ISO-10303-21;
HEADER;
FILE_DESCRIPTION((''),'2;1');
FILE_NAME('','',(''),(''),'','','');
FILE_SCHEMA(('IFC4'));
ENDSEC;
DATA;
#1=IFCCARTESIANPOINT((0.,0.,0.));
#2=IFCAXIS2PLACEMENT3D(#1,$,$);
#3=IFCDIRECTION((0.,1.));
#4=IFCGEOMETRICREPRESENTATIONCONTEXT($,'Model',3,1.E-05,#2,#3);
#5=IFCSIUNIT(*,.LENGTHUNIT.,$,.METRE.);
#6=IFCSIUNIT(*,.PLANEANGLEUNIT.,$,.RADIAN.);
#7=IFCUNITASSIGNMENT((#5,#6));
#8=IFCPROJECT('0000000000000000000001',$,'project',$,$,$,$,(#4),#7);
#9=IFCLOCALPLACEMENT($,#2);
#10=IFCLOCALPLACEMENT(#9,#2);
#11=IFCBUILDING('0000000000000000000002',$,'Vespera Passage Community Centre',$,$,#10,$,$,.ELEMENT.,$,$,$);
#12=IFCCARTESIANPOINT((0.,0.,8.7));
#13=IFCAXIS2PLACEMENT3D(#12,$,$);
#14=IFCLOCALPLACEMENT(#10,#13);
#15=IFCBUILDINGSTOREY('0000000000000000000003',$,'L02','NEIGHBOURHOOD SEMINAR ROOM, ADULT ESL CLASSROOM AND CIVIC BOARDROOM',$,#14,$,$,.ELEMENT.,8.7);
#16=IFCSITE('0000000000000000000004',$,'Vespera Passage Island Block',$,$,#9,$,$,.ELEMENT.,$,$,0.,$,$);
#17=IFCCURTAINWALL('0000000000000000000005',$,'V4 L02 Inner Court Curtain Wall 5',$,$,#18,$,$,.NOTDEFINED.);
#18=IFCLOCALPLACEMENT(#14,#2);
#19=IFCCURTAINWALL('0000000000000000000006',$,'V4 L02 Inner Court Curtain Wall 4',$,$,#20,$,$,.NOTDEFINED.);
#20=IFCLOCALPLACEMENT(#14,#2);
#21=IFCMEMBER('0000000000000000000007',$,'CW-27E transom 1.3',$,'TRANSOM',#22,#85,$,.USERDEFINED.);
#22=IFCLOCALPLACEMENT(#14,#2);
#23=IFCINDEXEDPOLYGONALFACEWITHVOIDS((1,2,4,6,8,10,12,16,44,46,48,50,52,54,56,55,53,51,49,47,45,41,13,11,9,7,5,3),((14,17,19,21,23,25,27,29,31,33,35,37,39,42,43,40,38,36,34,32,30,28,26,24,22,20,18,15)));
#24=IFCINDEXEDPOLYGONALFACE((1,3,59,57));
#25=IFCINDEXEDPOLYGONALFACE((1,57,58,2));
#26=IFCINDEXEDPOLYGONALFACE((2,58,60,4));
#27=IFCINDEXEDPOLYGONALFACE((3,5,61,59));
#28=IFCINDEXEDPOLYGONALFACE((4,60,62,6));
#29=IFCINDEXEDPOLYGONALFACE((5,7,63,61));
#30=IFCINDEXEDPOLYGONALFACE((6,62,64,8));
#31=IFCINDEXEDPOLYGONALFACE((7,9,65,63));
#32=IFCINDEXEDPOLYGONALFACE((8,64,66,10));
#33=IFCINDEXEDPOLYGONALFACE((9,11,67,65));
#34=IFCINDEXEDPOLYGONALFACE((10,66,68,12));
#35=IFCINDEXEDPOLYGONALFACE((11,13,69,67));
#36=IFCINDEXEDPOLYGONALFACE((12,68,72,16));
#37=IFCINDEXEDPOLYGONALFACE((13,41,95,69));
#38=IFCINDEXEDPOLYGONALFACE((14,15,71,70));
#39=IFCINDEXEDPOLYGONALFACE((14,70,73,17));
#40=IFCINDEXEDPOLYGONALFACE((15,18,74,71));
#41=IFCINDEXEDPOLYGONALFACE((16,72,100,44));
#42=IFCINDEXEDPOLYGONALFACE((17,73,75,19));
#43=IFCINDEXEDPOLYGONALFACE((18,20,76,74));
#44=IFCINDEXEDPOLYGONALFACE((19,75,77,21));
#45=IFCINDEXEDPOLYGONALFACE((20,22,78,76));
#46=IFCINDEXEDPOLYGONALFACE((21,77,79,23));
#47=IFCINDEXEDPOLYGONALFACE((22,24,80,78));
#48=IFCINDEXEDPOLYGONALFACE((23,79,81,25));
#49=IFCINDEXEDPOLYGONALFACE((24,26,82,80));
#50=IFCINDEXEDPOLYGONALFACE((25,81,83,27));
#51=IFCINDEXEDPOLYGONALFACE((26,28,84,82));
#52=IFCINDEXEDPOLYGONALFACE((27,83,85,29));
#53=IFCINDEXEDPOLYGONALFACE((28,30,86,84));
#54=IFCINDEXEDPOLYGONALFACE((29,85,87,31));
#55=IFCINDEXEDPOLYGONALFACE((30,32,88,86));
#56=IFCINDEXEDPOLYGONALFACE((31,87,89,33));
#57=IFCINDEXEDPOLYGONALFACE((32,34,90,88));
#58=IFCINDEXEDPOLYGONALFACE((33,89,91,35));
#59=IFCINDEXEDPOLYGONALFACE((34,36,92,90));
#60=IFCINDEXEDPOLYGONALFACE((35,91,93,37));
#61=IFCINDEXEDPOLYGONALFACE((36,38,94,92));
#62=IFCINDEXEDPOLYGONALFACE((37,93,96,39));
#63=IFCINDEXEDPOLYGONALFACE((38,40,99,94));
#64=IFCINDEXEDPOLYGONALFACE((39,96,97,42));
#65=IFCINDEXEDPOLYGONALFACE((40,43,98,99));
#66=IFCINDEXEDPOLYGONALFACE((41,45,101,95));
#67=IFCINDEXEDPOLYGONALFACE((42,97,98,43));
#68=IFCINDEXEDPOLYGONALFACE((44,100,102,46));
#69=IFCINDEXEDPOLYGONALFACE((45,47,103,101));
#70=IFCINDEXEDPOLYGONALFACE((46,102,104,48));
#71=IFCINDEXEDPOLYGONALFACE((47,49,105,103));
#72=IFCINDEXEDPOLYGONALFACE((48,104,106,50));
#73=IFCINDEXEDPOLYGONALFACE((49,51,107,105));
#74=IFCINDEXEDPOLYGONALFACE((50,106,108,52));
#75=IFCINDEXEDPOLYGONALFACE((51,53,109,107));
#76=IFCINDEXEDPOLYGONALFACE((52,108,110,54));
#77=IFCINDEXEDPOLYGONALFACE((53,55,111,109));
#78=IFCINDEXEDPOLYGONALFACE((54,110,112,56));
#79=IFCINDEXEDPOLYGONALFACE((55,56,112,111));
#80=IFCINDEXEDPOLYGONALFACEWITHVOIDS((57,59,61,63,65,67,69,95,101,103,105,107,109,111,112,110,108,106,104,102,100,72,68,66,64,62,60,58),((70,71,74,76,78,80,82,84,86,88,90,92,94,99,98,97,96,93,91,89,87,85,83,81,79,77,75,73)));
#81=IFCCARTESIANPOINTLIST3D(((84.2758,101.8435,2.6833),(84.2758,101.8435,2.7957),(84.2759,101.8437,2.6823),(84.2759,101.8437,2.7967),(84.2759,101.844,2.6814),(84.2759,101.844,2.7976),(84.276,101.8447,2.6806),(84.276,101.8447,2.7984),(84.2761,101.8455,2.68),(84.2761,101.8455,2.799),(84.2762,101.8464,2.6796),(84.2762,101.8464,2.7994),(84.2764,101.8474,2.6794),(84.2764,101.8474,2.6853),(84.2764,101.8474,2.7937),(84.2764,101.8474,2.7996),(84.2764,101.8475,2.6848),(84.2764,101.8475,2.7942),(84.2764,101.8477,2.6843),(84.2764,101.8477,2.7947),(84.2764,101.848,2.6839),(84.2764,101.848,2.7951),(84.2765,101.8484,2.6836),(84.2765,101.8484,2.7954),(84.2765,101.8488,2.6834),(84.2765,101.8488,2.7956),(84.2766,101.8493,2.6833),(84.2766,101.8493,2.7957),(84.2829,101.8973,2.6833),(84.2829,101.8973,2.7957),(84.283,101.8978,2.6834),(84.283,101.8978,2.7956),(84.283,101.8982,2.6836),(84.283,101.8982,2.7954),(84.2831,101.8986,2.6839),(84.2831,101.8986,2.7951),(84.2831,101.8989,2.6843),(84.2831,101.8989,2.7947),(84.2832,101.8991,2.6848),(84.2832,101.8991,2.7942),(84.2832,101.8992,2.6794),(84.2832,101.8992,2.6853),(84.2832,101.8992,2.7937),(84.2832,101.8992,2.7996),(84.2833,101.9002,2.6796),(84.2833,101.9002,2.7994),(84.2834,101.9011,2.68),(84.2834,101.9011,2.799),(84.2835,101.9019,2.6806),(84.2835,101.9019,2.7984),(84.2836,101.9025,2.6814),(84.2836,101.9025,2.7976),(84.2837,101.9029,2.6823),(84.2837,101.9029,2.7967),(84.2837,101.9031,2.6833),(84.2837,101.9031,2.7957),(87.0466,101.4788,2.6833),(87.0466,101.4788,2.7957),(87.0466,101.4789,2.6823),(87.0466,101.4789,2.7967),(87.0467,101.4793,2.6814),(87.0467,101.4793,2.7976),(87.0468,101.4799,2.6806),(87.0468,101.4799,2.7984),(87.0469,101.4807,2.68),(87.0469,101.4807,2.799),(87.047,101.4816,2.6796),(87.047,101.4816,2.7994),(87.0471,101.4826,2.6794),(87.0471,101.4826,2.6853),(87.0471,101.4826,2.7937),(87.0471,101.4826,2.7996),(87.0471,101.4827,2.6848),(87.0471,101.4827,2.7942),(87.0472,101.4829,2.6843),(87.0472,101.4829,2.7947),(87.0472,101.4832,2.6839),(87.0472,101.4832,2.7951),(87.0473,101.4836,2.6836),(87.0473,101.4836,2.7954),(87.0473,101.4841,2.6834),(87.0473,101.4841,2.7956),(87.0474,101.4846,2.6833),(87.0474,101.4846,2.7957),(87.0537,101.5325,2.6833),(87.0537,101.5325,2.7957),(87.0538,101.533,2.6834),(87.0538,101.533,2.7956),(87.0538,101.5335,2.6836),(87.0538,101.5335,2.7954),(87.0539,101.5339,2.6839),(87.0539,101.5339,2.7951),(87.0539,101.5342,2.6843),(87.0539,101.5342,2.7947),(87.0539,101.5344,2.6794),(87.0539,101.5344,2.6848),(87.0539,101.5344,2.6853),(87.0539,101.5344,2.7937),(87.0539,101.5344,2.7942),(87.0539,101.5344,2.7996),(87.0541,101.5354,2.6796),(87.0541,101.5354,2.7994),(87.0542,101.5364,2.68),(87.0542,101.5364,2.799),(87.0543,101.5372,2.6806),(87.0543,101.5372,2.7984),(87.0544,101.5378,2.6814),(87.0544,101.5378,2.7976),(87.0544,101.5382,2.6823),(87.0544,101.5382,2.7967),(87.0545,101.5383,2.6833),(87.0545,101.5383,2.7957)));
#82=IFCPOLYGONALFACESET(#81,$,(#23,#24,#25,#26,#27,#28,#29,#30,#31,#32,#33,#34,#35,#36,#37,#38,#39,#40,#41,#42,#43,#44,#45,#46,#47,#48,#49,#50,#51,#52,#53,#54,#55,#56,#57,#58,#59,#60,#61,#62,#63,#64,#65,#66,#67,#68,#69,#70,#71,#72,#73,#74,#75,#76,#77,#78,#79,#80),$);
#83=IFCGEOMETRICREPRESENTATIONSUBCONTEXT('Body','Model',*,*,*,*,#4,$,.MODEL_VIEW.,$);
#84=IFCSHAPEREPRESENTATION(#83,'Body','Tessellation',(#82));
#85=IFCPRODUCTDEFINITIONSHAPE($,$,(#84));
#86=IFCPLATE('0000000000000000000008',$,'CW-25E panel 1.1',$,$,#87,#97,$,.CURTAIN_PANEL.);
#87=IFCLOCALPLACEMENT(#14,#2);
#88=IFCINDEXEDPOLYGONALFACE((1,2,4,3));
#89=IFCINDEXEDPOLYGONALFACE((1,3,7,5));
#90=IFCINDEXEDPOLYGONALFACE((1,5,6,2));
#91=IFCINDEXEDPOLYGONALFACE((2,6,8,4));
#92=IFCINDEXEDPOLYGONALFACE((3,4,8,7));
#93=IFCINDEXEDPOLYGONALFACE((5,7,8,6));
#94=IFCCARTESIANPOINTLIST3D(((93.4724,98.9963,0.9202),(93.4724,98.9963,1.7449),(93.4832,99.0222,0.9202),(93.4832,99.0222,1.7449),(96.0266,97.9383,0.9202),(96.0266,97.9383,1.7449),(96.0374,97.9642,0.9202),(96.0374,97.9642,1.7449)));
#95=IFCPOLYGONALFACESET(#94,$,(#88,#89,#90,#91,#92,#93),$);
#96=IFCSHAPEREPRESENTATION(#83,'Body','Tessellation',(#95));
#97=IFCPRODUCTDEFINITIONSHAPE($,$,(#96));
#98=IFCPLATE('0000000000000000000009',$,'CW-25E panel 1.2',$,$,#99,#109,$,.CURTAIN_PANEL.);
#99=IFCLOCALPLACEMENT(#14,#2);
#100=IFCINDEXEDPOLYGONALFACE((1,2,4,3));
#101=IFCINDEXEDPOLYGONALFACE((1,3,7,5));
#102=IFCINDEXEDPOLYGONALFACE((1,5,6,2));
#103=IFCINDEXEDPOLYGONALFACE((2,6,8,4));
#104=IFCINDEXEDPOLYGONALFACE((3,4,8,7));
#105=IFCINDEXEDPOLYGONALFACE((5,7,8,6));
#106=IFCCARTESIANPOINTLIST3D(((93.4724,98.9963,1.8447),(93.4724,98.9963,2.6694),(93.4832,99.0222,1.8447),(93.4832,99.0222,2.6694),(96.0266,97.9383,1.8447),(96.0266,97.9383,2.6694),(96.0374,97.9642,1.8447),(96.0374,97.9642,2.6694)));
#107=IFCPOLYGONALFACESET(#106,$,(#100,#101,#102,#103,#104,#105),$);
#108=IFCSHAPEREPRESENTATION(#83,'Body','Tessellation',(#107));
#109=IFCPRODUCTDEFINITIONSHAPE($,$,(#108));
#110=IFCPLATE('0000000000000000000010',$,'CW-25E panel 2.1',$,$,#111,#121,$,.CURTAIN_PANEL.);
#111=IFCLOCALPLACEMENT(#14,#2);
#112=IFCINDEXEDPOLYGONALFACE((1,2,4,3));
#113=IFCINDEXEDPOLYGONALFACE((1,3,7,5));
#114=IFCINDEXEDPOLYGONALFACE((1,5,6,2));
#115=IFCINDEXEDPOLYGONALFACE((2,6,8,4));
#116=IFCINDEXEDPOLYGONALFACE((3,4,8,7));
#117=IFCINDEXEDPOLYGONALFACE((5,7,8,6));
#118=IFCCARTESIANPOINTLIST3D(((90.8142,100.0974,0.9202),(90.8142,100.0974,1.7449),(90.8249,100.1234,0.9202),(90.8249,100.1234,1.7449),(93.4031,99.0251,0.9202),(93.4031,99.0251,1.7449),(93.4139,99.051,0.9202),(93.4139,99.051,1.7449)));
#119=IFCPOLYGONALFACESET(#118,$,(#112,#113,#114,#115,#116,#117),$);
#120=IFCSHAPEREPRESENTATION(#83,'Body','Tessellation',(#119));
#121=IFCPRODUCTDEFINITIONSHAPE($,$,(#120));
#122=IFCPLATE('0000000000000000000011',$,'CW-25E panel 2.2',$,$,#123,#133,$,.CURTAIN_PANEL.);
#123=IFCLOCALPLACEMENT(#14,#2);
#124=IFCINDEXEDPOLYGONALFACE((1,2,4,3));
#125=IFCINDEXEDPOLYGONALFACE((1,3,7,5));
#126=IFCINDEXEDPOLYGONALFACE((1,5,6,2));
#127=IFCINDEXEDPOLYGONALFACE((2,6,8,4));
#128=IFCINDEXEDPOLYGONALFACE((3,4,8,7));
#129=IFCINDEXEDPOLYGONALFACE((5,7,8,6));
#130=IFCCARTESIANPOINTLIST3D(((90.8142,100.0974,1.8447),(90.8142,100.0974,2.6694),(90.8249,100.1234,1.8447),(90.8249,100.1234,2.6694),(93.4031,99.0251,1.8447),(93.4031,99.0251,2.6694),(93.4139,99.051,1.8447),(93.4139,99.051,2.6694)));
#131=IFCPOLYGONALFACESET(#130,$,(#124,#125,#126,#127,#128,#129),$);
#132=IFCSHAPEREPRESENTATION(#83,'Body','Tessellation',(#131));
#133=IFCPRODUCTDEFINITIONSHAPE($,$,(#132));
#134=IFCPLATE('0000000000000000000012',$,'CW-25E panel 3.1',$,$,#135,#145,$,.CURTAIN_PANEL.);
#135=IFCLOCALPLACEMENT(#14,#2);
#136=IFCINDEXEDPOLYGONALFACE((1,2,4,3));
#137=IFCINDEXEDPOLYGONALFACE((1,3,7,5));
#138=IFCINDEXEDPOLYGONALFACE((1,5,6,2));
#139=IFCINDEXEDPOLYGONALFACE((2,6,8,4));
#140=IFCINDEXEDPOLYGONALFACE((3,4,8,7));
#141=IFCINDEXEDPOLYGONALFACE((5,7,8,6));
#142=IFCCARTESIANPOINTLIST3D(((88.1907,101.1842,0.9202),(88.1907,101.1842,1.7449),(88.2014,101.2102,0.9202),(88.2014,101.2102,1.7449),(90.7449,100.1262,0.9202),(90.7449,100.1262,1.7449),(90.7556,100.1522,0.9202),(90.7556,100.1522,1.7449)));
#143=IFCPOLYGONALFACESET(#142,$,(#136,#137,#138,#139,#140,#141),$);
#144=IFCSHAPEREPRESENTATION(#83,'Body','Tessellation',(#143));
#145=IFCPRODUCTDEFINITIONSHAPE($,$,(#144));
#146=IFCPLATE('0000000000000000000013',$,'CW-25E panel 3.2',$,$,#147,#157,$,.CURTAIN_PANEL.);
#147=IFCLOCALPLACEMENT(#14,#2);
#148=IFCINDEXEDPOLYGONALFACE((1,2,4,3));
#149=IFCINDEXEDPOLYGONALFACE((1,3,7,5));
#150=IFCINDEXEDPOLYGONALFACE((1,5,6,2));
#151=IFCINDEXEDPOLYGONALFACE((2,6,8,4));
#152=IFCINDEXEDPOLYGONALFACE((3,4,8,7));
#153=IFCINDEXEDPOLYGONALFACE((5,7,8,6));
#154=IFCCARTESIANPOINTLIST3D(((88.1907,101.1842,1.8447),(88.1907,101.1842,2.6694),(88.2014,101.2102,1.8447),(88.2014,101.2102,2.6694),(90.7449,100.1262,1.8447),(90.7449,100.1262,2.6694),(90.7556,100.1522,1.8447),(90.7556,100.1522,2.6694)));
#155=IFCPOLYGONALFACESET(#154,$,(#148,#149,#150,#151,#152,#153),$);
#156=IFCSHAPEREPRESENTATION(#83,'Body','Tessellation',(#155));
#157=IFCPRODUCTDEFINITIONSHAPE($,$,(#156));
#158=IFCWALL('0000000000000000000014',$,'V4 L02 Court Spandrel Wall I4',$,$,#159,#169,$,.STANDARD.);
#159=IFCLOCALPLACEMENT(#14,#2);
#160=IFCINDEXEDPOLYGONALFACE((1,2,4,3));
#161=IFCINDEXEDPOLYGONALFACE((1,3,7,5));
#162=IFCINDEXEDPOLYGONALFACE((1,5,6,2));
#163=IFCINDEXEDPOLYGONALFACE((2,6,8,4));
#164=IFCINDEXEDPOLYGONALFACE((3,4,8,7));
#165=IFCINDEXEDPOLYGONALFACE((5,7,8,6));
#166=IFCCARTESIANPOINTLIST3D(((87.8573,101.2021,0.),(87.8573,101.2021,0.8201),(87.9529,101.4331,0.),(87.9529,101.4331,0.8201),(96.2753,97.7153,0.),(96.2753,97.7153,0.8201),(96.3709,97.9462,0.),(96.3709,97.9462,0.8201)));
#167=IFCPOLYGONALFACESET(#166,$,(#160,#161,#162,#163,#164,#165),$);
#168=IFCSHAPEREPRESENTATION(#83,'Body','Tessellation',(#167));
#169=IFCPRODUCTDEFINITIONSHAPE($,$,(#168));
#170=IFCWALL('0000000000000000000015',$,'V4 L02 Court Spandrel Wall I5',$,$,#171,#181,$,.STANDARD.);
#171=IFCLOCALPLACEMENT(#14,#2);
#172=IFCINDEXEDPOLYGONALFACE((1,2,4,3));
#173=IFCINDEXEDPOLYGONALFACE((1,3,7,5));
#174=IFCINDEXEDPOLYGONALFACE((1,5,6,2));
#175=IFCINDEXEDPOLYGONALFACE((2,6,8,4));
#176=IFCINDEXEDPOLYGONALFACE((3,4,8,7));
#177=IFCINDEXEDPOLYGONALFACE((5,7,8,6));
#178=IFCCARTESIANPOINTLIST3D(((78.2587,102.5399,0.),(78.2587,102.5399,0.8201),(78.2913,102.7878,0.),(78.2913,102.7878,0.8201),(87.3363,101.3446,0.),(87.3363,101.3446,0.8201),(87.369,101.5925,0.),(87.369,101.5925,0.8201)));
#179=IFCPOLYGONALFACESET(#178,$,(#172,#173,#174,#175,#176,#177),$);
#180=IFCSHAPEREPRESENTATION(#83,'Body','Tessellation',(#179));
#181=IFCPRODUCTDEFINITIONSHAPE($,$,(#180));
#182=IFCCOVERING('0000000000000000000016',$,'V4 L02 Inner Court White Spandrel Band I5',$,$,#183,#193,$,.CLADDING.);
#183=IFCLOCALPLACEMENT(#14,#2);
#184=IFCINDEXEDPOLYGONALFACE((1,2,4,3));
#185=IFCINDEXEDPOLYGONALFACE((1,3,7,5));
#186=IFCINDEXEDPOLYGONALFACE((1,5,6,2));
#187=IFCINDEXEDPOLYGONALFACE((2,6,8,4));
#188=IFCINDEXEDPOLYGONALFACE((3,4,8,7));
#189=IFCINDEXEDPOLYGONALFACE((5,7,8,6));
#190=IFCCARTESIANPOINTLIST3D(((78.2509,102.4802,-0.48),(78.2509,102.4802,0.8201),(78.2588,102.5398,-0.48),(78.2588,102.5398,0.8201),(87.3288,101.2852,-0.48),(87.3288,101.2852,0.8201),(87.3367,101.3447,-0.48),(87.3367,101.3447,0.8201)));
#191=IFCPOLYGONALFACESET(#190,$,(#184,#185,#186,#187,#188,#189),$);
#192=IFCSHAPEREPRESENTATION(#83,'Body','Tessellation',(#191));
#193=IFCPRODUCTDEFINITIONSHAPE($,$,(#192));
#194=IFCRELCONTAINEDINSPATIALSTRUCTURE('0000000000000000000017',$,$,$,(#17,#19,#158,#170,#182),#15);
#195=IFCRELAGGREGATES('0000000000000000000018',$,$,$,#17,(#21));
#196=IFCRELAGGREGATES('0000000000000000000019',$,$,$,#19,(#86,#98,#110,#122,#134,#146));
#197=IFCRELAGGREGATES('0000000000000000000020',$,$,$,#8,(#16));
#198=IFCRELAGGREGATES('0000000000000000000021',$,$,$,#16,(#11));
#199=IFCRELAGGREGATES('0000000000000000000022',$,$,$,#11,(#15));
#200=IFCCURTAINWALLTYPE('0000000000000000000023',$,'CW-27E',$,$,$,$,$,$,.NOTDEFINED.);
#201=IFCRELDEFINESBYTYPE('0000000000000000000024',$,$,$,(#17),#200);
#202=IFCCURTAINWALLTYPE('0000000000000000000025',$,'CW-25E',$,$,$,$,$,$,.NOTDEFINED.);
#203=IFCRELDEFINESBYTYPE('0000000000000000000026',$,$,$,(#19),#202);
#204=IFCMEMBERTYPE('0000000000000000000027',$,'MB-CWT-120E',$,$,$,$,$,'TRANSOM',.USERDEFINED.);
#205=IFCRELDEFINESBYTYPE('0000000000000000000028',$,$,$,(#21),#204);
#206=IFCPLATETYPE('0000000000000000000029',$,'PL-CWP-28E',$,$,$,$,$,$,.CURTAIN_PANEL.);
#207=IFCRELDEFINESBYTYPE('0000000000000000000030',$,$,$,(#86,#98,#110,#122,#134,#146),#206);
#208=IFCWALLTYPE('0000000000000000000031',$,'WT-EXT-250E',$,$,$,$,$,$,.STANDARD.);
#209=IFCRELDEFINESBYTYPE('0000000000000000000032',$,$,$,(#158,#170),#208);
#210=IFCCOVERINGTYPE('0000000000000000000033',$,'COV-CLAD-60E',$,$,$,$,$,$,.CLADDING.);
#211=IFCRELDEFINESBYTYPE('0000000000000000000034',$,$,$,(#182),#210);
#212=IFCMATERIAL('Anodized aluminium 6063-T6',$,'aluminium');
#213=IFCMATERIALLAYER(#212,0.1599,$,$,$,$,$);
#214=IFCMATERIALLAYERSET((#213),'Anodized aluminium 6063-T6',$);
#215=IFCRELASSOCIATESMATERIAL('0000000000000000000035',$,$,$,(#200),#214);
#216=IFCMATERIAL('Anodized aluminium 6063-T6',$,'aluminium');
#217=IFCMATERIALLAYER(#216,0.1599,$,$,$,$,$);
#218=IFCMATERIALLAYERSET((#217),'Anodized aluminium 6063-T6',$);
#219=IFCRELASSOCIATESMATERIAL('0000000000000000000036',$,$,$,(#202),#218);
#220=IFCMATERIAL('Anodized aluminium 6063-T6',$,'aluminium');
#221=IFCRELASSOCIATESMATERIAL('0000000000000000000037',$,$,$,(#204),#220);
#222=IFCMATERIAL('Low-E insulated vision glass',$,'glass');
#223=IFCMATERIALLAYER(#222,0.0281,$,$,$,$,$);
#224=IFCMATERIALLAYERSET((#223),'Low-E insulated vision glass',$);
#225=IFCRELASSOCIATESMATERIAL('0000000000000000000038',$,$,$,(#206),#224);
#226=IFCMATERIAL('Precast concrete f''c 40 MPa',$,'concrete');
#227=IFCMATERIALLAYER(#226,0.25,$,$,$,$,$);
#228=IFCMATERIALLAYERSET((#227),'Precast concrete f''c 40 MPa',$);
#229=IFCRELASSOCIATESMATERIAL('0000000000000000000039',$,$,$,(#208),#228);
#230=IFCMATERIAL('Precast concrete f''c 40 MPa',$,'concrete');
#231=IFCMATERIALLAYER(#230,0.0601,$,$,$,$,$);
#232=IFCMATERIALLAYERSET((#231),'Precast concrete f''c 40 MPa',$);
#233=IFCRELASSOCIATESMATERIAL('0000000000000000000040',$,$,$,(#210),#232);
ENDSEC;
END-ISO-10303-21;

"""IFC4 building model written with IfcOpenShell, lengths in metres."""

from ifc_helpers import new_model, si_unit, direction, frame, frame_2d, origin, origin_2d, place, context, subcontext, project, spatial, rectangle, hollow_rectangle, extrude, material, layer, layer_set, material_profile, profile_set, type_object, element, aggregate, save


model = new_model("IFC4")

# Units and contexts
model_context = context("Model", 3, precision=1e-05, world=origin(), true_north=direction((0.0, 1.0)))
body_context = subcontext(model_context, "Body", "Model", "MODEL_VIEW")
ifc_project = project(units=[si_unit("LENGTHUNIT", "METRE"), si_unit("PLANEANGLEUNIT", "RADIAN")], contexts=[model_context])

# Site, building, storey
site_placement = place(None, origin())
site = spatial("IfcSite", under=ifc_project, at=site_placement, Name="Vespera Passage Island Block", CompositionType="ELEMENT", RefElevation=0.0)
building_placement = place(site_placement, origin())
building = spatial("IfcBuilding", under=site, at=building_placement, Name="Vespera Passage Community Centre", CompositionType="ELEMENT")
storey_placement = place(building_placement, frame((0.0, 0.0, 8.7)))
storey = spatial("IfcBuildingStorey", under=building, at=storey_placement, Name="L02", Description="NEIGHBOURHOOD SEMINAR ROOM, ADULT ESL CLASSROOM AND CIVIC BOARDROOM", CompositionType="ELEMENT", Elevation=8.7)

# Curtain wall
ifc_material_1 = material(Name="Anodized aluminium 6063-T6", Category="aluminium")
ifc_layer_1 = layer(ifc_material_1, 0.1599)
ifc_layer_set_1 = layer_set([ifc_layer_1], Name="Anodized aluminium 6063-T6")
curtain_wall_type_1 = type_object("IfcCurtainWallType", Name="CW-27E", PredefinedType="NOTDEFINED", material=ifc_layer_set_1)
curtain_wall_1_placement = place(storey_placement, origin())
curtain_wall_1 = element("IfcCurtainWall", 1, at=curtain_wall_1_placement, inside=storey, type_object=curtain_wall_type_1, Name="V4 L02 Inner Court Curtain Wall 5", PredefinedType="NOTDEFINED")

# Curtain wall
ifc_material_2 = material(Name="Anodized aluminium 6063-T6", Category="aluminium")
ifc_layer_2 = layer(ifc_material_2, 0.1599)
ifc_layer_set_2 = layer_set([ifc_layer_2], Name="Anodized aluminium 6063-T6")
curtain_wall_type_2 = type_object("IfcCurtainWallType", Name="CW-25E", PredefinedType="NOTDEFINED", material=ifc_layer_set_2)
curtain_wall_2_placement = place(storey_placement, origin())
curtain_wall_2 = element("IfcCurtainWall", 2, at=curtain_wall_2_placement, inside=storey, type_object=curtain_wall_type_2, Name="V4 L02 Inner Court Curtain Wall 4", PredefinedType="NOTDEFINED")

# Member
ifc_material_3 = material(Name="Anodized aluminium 6063-T6", Category="aluminium")
ifc_material_profile_1 = material_profile(ifc_material_3, hollow_rectangle(XDim=0.0601, YDim=0.1201, WallThickness=0.0039, InnerFilletRadius=0.002, OuterFilletRadius=0.0039, at=origin_2d()), Name="ALU120X60X4")
ifc_profile_set_1 = profile_set([ifc_material_profile_1], Name="Anodized aluminium 6063-T6")
member_type_1 = type_object("IfcMemberType", Name="MB-CWT-120E", ElementType="TRANSOM", PredefinedType="USERDEFINED", material=ifc_profile_set_1)
member_1_placement = place(storey_placement, frame((87.0505, 101.5085, 2.7395), z_axis=(-0.991446, 0.130516, 0.0), x_axis=(-0.130516, -0.991446, 0.0)))
member_1 = element("IfcMember", 3, at=member_1_placement, type_object=member_type_1, Name="CW-27E transom 1.3", ObjectType="TRANSOM", PredefinedType="USERDEFINED", context=body_context, shape_type="SweptSolid", body=[
    extrude(hollow_rectangle(XDim=0.0601, YDim=0.1201, WallThickness=0.0039, InnerFilletRadius=0.002, OuterFilletRadius=0.0039, at=origin_2d()), origin(), (0.0, 0.0, 1.0), 2.7947),
])
aggregate(curtain_wall_1, [member_1])

# Plates
ifc_material_4 = material(Name="Low-E insulated vision glass", Category="glass")
ifc_layer_3 = layer(ifc_material_4, 0.0281)
ifc_layer_set_3 = layer_set([ifc_layer_3], Name="Low-E insulated vision glass")
plate_type = type_object("IfcPlateType", Name="PL-CWP-28E", PredefinedType="CURTAIN_PANEL", material=ifc_layer_set_3)
plate_1_placement = place(storey_placement, frame((94.7549, 98.4802, 0.9202), z_axis=(0.0, 0.0, 1.0), x_axis=(-0.923877, 0.38269, 0.0)))
plate_1 = element("IfcPlate", 4, at=plate_1_placement, type_object=plate_type, Name="CW-25E panel 1.1", PredefinedType="CURTAIN_PANEL", context=body_context, shape_type="SweptSolid", body=[
    extrude(rectangle(XDim=2.7646, YDim=0.0281, at=origin_2d()), origin(), (0.0, 0.0, 1.0), 0.8247),
])
plate_2_placement = place(storey_placement, frame((94.7549, 98.4802, 1.8447), z_axis=(0.0, 0.0, 1.0), x_axis=(-0.923877, 0.38269, 0.0)))
plate_2 = element("IfcPlate", 5, at=plate_2_placement, type_object=plate_type, Name="CW-25E panel 1.2", PredefinedType="CURTAIN_PANEL", context=body_context, shape_type="SweptSolid", body=[
    extrude(rectangle(XDim=2.7646, YDim=0.0281, at=origin_2d()), origin(), (0.0, 0.0, 1.0), 0.8247),
])
plate_3_placement = place(storey_placement, frame((92.114, 99.5742, 0.9202), z_axis=(0.0, 0.0, 1.0), x_axis=(-0.923877, 0.38269, 0.0)))
plate_3 = element("IfcPlate", 6, at=plate_3_placement, type_object=plate_type, Name="CW-25E panel 2.1", PredefinedType="CURTAIN_PANEL", context=body_context, shape_type="SweptSolid", body=[
    extrude(rectangle(XDim=2.8022, YDim=0.0281, at=origin_2d()), origin(), (0.0, 0.0, 1.0), 0.8247),
])
plate_4_placement = place(storey_placement, frame((92.114, 99.5742, 1.8447), z_axis=(0.0, 0.0, 1.0), x_axis=(-0.923877, 0.38269, 0.0)))
plate_4 = element("IfcPlate", 7, at=plate_4_placement, type_object=plate_type, Name="CW-25E panel 2.2", PredefinedType="CURTAIN_PANEL", context=body_context, shape_type="SweptSolid", body=[
    extrude(rectangle(XDim=2.8022, YDim=0.0281, at=origin_2d()), origin(), (0.0, 0.0, 1.0), 0.8247),
])
plate_5_placement = place(storey_placement, frame((89.4731, 100.6682, 0.9202), z_axis=(0.0, 0.0, 1.0), x_axis=(-0.923877, 0.38269, 0.0)))
plate_5 = element("IfcPlate", 8, at=plate_5_placement, type_object=plate_type, Name="CW-25E panel 3.1", PredefinedType="CURTAIN_PANEL", context=body_context, shape_type="SweptSolid", body=[
    extrude(rectangle(XDim=2.7646, YDim=0.0281, at=origin_2d()), origin(), (0.0, 0.0, 1.0), 0.8247),
])
plate_6_placement = place(storey_placement, frame((89.4731, 100.6682, 1.8447), z_axis=(0.0, 0.0, 1.0), x_axis=(-0.923877, 0.38269, 0.0)))
plate_6 = element("IfcPlate", 9, at=plate_6_placement, type_object=plate_type, Name="CW-25E panel 3.2", PredefinedType="CURTAIN_PANEL", context=body_context, shape_type="SweptSolid", body=[
    extrude(rectangle(XDim=2.7646, YDim=0.0281, at=origin_2d()), origin(), (0.0, 0.0, 1.0), 0.8247),
])
aggregate(curtain_wall_2, [plate_1, plate_2, plate_3, plate_4, plate_5, plate_6])

# Walls
ifc_material_5 = material(Name="Precast concrete f'c 40 MPa", Category="concrete")
ifc_layer_4 = layer(ifc_material_5, 0.25)
ifc_layer_set_4 = layer_set([ifc_layer_4], Name="Precast concrete f'c 40 MPa")
wall_type = type_object("IfcWallType", Name="WT-EXT-250E", PredefinedType="STANDARD", material=ifc_layer_set_4)
wall_1_placement = place(storey_placement, frame((96.323, 97.8308, 0.0), z_axis=(0.0, 0.0, 1.0), x_axis=(-0.92388, 0.382682, 0.0)))
element("IfcWall", 10, at=wall_1_placement, inside=storey, type_object=wall_type, Name="V4 L02 Court Spandrel Wall I4", PredefinedType="STANDARD", context=body_context, shape_type="SweptSolid", body=[
    extrude(rectangle(XDim=9.1116, YDim=0.25, at=frame_2d((4.5557, 0.0))), origin(), (0.0, 0.0, 1.0), 0.8201),
])
wall_2_placement = place(storey_placement, frame((87.3528, 101.4685, 0.0), z_axis=(0.0, 0.0, 1.0), x_axis=(-0.991442, 0.13055, 0.0)))
element("IfcWall", 11, at=wall_2_placement, inside=storey, type_object=wall_type, Name="V4 L02 Court Spandrel Wall I5", PredefinedType="STANDARD", context=body_context, shape_type="SweptSolid", body=[
    extrude(rectangle(XDim=9.156, YDim=0.25, at=frame_2d((4.5781, 0.0))), origin(), (0.0, 0.0, 1.0), 0.8201),
])

# Covering
ifc_material_6 = material(Name="Precast concrete f'c 40 MPa", Category="concrete")
ifc_layer_5 = layer(ifc_material_6, 0.0601)
ifc_layer_set_5 = layer_set([ifc_layer_5], Name="Precast concrete f'c 40 MPa")
covering_type = type_object("IfcCoveringType", Name="COV-CLAD-60E", PredefinedType="CLADDING", material=ifc_layer_set_5)
covering_1_placement = place(storey_placement, frame((87.3328, 101.3149, -0.48), z_axis=(0.0, 0.0, 1.0), x_axis=(-0.991446, 0.13052, 0.0)))
element("IfcCovering", 12, at=covering_1_placement, inside=storey, type_object=covering_type, Name="V4 L02 Inner Court White Spandrel Band I5", PredefinedType="CLADDING", context=body_context, shape_type="SweptSolid", body=[
    extrude(rectangle(XDim=9.1562, YDim=0.0601, at=frame_2d((4.5781, 0.0))), origin(), (0.0, 0.0, 1.0), 1.3),
])

save(model, "model.ifc")
